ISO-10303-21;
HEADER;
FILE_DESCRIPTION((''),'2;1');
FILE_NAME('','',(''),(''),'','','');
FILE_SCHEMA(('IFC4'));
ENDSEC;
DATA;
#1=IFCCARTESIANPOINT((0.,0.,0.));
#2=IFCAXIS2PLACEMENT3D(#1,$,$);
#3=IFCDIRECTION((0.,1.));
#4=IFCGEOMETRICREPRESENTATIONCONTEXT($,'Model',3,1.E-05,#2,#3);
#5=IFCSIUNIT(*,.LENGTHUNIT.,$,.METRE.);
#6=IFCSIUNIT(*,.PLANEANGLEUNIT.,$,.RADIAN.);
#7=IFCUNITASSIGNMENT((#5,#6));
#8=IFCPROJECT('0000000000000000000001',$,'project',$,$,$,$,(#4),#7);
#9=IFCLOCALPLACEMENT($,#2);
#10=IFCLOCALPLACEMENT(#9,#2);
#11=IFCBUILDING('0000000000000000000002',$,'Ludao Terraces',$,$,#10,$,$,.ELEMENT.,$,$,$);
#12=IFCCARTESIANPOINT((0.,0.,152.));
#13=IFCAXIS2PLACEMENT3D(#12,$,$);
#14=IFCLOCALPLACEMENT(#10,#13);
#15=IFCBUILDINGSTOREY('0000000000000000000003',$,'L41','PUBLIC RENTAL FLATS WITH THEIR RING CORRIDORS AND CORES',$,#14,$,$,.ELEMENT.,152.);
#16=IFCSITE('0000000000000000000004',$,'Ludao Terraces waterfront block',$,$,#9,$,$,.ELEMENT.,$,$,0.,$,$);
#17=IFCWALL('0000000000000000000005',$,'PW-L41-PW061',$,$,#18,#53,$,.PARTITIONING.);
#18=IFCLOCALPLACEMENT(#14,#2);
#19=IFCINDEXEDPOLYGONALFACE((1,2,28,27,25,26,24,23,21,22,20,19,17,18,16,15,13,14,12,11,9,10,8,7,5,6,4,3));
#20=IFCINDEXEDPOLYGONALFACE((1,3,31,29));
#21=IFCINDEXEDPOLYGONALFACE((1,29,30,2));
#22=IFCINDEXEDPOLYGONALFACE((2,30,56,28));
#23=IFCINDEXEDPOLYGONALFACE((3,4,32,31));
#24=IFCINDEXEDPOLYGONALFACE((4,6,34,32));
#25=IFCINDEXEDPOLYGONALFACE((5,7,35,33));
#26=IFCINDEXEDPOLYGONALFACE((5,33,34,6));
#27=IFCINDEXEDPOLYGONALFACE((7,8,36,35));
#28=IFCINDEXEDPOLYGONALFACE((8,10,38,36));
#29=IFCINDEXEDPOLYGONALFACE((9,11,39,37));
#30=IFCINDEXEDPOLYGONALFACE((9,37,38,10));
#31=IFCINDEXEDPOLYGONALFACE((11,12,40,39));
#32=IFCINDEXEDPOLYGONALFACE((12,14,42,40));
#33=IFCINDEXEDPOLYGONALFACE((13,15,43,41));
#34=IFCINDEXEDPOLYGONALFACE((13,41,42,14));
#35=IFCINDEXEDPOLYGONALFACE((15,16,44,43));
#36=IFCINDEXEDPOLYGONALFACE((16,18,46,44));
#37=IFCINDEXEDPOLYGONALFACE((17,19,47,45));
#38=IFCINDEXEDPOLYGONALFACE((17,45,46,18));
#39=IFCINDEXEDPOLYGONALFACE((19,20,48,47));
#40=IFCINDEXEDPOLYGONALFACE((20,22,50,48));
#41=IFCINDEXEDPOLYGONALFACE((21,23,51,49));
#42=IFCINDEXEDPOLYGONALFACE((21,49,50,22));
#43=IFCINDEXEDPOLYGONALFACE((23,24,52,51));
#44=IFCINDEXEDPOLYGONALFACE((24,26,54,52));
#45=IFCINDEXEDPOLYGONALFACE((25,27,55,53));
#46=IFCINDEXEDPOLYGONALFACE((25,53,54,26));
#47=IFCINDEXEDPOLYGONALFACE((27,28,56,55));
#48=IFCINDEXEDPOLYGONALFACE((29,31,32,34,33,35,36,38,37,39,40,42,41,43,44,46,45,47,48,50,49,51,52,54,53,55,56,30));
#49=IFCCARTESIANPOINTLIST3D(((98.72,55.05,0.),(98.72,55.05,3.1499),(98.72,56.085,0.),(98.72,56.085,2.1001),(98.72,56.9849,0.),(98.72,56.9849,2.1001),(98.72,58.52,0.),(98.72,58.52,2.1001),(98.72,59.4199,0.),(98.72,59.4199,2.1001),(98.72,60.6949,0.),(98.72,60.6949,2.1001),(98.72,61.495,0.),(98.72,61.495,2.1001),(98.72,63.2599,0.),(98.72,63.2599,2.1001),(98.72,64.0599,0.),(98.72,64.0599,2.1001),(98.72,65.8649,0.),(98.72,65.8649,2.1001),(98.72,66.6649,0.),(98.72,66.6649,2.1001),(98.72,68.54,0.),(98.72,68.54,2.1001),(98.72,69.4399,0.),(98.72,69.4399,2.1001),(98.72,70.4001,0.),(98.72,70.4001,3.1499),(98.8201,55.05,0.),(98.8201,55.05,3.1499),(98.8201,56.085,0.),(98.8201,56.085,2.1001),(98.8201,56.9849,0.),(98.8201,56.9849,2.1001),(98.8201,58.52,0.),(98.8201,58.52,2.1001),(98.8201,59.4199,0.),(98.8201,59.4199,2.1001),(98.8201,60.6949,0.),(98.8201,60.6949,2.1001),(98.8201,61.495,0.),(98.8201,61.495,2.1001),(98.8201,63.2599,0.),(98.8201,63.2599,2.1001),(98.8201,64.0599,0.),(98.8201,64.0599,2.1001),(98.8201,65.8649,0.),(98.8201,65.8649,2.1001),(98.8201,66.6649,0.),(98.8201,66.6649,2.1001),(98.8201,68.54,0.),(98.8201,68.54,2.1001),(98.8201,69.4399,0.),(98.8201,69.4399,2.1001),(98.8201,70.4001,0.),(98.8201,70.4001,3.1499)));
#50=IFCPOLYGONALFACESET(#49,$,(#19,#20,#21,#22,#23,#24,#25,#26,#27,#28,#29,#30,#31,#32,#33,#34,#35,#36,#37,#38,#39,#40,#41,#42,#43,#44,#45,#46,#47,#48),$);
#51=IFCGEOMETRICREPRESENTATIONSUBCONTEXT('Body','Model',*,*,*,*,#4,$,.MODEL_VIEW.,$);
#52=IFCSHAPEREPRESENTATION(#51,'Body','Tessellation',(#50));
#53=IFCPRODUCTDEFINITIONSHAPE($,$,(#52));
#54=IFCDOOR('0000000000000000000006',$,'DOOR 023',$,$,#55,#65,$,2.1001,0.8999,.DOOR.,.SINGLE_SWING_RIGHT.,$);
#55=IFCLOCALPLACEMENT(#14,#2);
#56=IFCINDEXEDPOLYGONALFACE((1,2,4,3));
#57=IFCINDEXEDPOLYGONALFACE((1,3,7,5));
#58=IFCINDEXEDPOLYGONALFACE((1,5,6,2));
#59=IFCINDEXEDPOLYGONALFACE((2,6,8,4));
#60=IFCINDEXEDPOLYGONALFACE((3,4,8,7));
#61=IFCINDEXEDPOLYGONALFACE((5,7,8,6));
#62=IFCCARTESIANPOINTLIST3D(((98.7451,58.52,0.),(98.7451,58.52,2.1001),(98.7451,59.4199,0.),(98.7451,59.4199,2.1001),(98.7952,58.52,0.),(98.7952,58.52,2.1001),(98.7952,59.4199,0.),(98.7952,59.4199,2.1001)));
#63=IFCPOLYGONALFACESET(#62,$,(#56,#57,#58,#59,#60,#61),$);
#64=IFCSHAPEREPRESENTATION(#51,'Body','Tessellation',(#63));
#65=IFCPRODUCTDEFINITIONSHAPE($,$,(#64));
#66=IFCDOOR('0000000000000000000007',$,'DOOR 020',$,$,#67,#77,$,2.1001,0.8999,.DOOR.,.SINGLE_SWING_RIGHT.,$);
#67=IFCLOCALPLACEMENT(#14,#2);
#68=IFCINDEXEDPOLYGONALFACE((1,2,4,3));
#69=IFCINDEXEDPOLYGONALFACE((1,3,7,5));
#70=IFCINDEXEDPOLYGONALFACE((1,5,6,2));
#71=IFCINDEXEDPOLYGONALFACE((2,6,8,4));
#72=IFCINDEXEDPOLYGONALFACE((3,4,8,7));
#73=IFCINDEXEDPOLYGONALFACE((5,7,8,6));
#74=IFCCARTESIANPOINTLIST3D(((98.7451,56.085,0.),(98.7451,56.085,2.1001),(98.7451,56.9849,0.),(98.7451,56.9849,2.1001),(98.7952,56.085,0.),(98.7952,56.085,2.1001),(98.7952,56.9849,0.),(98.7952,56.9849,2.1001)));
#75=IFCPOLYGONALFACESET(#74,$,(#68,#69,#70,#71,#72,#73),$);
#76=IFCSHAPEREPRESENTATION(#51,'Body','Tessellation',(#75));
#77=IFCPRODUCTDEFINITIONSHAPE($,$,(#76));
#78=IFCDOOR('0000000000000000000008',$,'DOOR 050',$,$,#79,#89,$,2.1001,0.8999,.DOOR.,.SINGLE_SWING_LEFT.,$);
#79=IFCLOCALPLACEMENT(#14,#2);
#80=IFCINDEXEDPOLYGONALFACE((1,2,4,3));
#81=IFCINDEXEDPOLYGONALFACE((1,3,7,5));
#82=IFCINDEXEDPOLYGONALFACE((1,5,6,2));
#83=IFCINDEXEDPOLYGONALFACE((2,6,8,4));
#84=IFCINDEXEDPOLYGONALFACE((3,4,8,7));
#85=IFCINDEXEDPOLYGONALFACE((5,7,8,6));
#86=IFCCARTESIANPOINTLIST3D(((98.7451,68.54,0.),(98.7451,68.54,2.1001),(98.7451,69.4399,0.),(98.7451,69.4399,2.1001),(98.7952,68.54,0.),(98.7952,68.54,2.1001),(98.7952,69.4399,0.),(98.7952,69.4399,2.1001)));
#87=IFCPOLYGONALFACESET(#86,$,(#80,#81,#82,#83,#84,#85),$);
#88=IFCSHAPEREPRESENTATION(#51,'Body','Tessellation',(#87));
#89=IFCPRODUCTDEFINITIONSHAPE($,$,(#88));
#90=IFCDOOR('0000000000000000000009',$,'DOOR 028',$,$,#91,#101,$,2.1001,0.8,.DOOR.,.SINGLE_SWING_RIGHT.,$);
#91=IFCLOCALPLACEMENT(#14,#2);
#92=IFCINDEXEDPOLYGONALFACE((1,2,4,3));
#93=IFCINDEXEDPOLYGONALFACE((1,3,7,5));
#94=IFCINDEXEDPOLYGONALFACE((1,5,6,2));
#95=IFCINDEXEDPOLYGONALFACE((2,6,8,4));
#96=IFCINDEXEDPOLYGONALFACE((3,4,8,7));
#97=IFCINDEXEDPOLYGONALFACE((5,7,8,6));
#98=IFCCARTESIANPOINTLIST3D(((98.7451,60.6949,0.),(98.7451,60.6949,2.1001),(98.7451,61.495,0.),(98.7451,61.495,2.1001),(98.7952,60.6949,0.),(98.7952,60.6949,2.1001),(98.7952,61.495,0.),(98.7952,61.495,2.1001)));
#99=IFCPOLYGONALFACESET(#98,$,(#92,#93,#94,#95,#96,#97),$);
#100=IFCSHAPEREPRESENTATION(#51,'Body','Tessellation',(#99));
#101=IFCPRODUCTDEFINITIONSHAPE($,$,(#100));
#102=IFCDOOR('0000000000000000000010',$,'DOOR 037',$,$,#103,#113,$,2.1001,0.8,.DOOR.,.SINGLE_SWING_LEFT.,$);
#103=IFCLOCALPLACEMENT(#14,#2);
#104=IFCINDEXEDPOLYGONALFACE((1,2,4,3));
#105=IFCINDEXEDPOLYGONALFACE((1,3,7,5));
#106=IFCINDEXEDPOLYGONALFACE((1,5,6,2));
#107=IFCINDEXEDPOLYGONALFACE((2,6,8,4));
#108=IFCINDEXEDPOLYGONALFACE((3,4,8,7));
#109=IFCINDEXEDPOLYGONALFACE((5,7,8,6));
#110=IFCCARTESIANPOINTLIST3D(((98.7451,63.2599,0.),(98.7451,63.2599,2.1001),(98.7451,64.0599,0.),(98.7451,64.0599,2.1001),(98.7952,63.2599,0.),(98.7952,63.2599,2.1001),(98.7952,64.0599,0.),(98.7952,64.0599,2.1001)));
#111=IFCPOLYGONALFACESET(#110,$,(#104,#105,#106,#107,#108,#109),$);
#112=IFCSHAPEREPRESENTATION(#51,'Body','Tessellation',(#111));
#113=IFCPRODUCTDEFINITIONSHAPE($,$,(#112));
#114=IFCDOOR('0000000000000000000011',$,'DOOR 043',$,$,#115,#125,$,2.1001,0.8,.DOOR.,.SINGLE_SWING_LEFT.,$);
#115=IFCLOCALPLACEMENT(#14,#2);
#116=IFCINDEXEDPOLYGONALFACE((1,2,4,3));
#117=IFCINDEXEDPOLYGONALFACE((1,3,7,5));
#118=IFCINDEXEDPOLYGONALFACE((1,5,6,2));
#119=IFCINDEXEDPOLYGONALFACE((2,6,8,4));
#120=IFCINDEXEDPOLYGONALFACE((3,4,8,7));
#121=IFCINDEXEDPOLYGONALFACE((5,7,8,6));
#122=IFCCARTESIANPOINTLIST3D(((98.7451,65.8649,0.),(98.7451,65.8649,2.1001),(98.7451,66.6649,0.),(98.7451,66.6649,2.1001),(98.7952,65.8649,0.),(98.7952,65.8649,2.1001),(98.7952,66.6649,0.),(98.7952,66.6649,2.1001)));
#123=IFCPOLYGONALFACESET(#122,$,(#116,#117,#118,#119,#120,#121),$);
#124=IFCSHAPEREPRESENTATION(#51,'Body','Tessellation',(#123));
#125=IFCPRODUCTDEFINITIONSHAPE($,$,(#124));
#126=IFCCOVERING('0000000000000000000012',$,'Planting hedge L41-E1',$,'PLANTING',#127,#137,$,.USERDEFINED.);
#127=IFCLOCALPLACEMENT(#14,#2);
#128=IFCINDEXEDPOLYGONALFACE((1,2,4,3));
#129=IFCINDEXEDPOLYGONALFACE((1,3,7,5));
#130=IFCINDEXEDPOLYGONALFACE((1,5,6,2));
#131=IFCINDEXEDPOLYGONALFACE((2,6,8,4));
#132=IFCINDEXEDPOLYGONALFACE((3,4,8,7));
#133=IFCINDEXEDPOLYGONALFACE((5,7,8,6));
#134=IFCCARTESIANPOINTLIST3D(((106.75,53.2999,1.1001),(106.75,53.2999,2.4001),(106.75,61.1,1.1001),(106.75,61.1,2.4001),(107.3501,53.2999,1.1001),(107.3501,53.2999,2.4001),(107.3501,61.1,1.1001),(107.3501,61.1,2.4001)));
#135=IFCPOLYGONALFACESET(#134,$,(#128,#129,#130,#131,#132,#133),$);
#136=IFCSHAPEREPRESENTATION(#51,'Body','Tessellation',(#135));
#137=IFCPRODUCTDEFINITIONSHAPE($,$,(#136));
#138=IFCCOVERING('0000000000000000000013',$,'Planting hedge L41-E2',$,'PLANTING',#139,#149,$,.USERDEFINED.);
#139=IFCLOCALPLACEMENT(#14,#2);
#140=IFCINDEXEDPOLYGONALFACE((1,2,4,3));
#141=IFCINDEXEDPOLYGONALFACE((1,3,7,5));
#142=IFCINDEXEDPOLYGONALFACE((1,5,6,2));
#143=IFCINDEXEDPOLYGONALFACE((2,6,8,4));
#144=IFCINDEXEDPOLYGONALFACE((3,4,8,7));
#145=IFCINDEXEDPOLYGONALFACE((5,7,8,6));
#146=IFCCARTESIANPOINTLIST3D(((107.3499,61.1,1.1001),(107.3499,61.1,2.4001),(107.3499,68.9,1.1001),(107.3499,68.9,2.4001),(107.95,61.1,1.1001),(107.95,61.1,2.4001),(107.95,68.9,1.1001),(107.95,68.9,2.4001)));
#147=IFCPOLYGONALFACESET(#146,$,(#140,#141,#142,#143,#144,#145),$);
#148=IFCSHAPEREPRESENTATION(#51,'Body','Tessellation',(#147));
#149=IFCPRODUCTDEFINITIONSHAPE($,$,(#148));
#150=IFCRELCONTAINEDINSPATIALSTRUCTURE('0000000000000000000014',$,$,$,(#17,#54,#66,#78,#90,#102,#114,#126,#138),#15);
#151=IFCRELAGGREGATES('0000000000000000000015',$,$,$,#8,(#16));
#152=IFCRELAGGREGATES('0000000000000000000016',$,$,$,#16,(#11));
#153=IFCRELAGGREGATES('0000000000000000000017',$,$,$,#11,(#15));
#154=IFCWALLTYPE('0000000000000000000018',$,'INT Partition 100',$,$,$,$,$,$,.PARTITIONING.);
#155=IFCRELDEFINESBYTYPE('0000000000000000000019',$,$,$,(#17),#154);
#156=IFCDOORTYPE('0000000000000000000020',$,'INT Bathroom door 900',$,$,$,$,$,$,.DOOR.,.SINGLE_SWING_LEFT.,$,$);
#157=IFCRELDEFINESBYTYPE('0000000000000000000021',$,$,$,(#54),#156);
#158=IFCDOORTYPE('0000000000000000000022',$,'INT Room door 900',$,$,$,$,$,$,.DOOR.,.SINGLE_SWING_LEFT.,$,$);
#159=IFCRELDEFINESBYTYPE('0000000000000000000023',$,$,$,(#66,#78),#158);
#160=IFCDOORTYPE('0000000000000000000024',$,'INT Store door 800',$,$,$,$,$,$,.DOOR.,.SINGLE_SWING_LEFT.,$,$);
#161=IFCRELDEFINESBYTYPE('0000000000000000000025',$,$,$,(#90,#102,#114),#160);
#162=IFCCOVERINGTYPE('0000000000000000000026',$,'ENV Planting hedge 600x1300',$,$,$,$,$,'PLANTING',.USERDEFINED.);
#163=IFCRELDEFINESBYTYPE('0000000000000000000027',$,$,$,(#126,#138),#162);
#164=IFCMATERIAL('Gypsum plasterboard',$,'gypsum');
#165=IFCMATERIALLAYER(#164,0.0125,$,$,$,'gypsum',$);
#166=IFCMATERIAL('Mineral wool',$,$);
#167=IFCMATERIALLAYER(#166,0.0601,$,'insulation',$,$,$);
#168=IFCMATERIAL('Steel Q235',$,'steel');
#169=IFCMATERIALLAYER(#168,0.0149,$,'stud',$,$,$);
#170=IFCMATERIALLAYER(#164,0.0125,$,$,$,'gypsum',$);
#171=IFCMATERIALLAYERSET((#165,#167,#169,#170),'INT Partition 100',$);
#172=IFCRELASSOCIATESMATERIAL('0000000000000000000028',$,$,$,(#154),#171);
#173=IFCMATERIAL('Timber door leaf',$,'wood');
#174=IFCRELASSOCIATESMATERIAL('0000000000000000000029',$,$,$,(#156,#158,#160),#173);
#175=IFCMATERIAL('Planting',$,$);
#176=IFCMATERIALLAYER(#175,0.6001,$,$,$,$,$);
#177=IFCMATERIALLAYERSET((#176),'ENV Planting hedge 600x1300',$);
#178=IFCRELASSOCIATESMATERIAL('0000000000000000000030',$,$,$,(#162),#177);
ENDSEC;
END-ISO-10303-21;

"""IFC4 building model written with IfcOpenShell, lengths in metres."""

from ifc_helpers import new_model, si_unit, direction, frame, frame_2d, origin, origin_2d, place, context, subcontext, project, spatial, rectangle, extrude, material, layer, layer_set, type_object, element, fill, save


model = new_model("IFC4")

# Units and contexts
model_context = context("Model", 3, precision=1e-05, world=origin(), true_north=direction((0.0, 1.0)))
body_context = subcontext(model_context, "Body", "Model", "MODEL_VIEW")
ifc_project = project(units=[si_unit("LENGTHUNIT", "METRE"), si_unit("PLANEANGLEUNIT", "RADIAN")], contexts=[model_context])

# Site, building, storey
site_placement = place(None, origin())
site = spatial("IfcSite", under=ifc_project, at=site_placement, Name="Ludao Terraces waterfront block", CompositionType="ELEMENT", RefElevation=0.0)
building_placement = place(site_placement, origin())
building = spatial("IfcBuilding", under=site, at=building_placement, Name="Ludao Terraces", CompositionType="ELEMENT")
storey_placement = place(building_placement, frame((0.0, 0.0, 152.0)))
storey = spatial("IfcBuildingStorey", under=building, at=storey_placement, Name="L41", Description="PUBLIC RENTAL FLATS WITH THEIR RING CORRIDORS AND CORES", CompositionType="ELEMENT", Elevation=152.0)

# Shared definitions
ifc_material_1 = material(Name="Mineral wool")

# Shared definitions
ifc_material_2 = material(Name="Gypsum plasterboard", Category="gypsum")
ifc_layer_1 = layer(ifc_material_2, 0.0125, Category="gypsum")
ifc_layer_2 = layer(ifc_material_1, 0.0601, Name="insulation")
ifc_material_3 = material(Name="Steel Q235", Category="steel")
ifc_layer_3 = layer(ifc_material_3, 0.0149, Name="stud")
ifc_layer_4 = layer(ifc_material_2, 0.0125, Category="gypsum")
ifc_layer_set_1 = layer_set([ifc_layer_1, ifc_layer_2, ifc_layer_3, ifc_layer_4], Name="INT Partition 100")
wall_type_1 = type_object("IfcWallType", Name="INT Partition 100", PredefinedType="PARTITIONING", material=ifc_layer_set_1)

# Wall, openings, doors
wall_1_placement = place(storey_placement, frame((98.77, 55.05, 0.0), z_axis=(0.0, 0.0, 1.0), x_axis=(0.0, 1.0, 0.0)))
wall_1 = element("IfcWall", 1, at=wall_1_placement, inside=storey, type_object=wall_type_1, Name="PW-L41-PW061", PredefinedType="PARTITIONING", context=body_context, shape_type="SweptSolid", body=[
    extrude(rectangle(XDim=15.3501, YDim=0.1001, at=frame_2d((7.675, 0.0))), origin(), (0.0, 0.0, 1.0), 3.1499),
])
opening_1_placement = place(wall_1_placement, frame((1.0349, 0.0, 0.0)))
opening_1 = element("IfcOpeningElement", 2, at=opening_1_placement, cuts=wall_1, PredefinedType="OPENING", context=body_context, shape_type="SweptSolid", body=[
    extrude(rectangle(XDim=0.8999, YDim=2.1001, at=frame_2d((0.45, 1.05))), frame((0.0, 0.0601, 0.0), z_axis=(0.0, -1.0, 0.0), x_axis=(1.0, 0.0, 0.0)), (0.0, 0.0, 1.0), 0.1201),
])
opening_2_placement = place(wall_1_placement, frame((3.47, 0.0, 0.0)))
opening_2 = element("IfcOpeningElement", 3, at=opening_2_placement, cuts=wall_1, PredefinedType="OPENING", context=body_context, shape_type="SweptSolid", body=[
    extrude(rectangle(XDim=0.8999, YDim=2.1001, at=frame_2d((0.45, 1.05))), frame((0.0, 0.0601, 0.0), z_axis=(0.0, -1.0, 0.0), x_axis=(1.0, 0.0, 0.0)), (0.0, 0.0, 1.0), 0.1201),
])
opening_3_placement = place(wall_1_placement, frame((5.645, 0.0, 0.0)))
opening_3 = element("IfcOpeningElement", 4, at=opening_3_placement, cuts=wall_1, PredefinedType="OPENING", context=body_context, shape_type="SweptSolid", body=[
    extrude(rectangle(XDim=0.8, YDim=2.1001, at=frame_2d((0.3999, 1.05))), frame((0.0, 0.0601, 0.0), z_axis=(0.0, -1.0, 0.0), x_axis=(1.0, 0.0, 0.0)), (0.0, 0.0, 1.0), 0.1201),
])
opening_4_placement = place(wall_1_placement, frame((8.21, 0.0, 0.0)))
opening_4 = element("IfcOpeningElement", 5, at=opening_4_placement, cuts=wall_1, PredefinedType="OPENING", context=body_context, shape_type="SweptSolid", body=[
    extrude(rectangle(XDim=0.8, YDim=2.1001, at=frame_2d((0.3999, 1.05))), frame((0.0, 0.0601, 0.0), z_axis=(0.0, -1.0, 0.0), x_axis=(1.0, 0.0, 0.0)), (0.0, 0.0, 1.0), 0.1201),
])
opening_5_placement = place(wall_1_placement, frame((10.8149, 0.0, 0.0)))
opening_5 = element("IfcOpeningElement", 6, at=opening_5_placement, cuts=wall_1, PredefinedType="OPENING", context=body_context, shape_type="SweptSolid", body=[
    extrude(rectangle(XDim=0.8, YDim=2.1001, at=frame_2d((0.3999, 1.05))), frame((0.0, 0.0601, 0.0), z_axis=(0.0, -1.0, 0.0), x_axis=(1.0, 0.0, 0.0)), (0.0, 0.0, 1.0), 0.1201),
])
opening_6_placement = place(wall_1_placement, frame((13.49, 0.0, 0.0)))
opening_6 = element("IfcOpeningElement", 7, at=opening_6_placement, cuts=wall_1, PredefinedType="OPENING", context=body_context, shape_type="SweptSolid", body=[
    extrude(rectangle(XDim=0.8999, YDim=2.1001, at=frame_2d((0.45, 1.05))), frame((0.0, 0.0601, 0.0), z_axis=(0.0, -1.0, 0.0), x_axis=(1.0, 0.0, 0.0)), (0.0, 0.0, 1.0), 0.1201),
])
ifc_material_4 = material(Name="Timber door leaf", Category="wood")
door_type_1 = type_object("IfcDoorType", Name="INT Bathroom door 900", OperationType="SINGLE_SWING_LEFT", PredefinedType="DOOR", material=ifc_material_4)
door_1_placement = place(opening_2_placement, origin())
door_1 = element("IfcDoor", 8, at=door_1_placement, inside=storey, type_object=door_type_1, Name="DOOR 023", OperationType="SINGLE_SWING_RIGHT", OverallHeight=2.1001, OverallWidth=0.8999, PredefinedType="DOOR", context=body_context, shape_type="SweptSolid", body=[
    extrude(rectangle(XDim=0.8999, YDim=2.1001, at=frame_2d((0.45, 1.05))), frame((0.0, 0.0249, 0.0), z_axis=(0.0, -1.0, 0.0), x_axis=(1.0, 0.0, 0.0)), (0.0, 0.0, 1.0), 0.05),
])
fill(opening_2, door_1)
door_type_2 = type_object("IfcDoorType", Name="INT Room door 900", OperationType="SINGLE_SWING_LEFT", PredefinedType="DOOR", material=ifc_material_4)
door_2_placement = place(opening_1_placement, origin())
door_2 = element("IfcDoor", 9, at=door_2_placement, inside=storey, type_object=door_type_2, Name="DOOR 020", OperationType="SINGLE_SWING_RIGHT", OverallHeight=2.1001, OverallWidth=0.8999, PredefinedType="DOOR", context=body_context, shape_type="SweptSolid", body=[
    extrude(rectangle(XDim=0.8999, YDim=2.1001, at=frame_2d((0.45, 1.05))), frame((0.0, 0.0249, 0.0), z_axis=(0.0, -1.0, 0.0), x_axis=(1.0, 0.0, 0.0)), (0.0, 0.0, 1.0), 0.05),
])
fill(opening_1, door_2)
door_3_placement = place(opening_6_placement, origin())
door_3 = element("IfcDoor", 10, at=door_3_placement, inside=storey, type_object=door_type_2, Name="DOOR 050", OperationType="SINGLE_SWING_LEFT", OverallHeight=2.1001, OverallWidth=0.8999, PredefinedType="DOOR", context=body_context, shape_type="SweptSolid", body=[
    extrude(rectangle(XDim=0.8999, YDim=2.1001, at=frame_2d((0.45, 1.05))), frame((0.0, 0.0249, 0.0), z_axis=(0.0, -1.0, 0.0), x_axis=(1.0, 0.0, 0.0)), (0.0, 0.0, 1.0), 0.05),
])
fill(opening_6, door_3)
door_type_3 = type_object("IfcDoorType", Name="INT Store door 800", OperationType="SINGLE_SWING_LEFT", PredefinedType="DOOR", material=ifc_material_4)
door_4_placement = place(opening_3_placement, origin())
door_4 = element("IfcDoor", 11, at=door_4_placement, inside=storey, type_object=door_type_3, Name="DOOR 028", OperationType="SINGLE_SWING_RIGHT", OverallHeight=2.1001, OverallWidth=0.8, PredefinedType="DOOR", context=body_context, shape_type="SweptSolid", body=[
    extrude(rectangle(XDim=0.8, YDim=2.1001, at=frame_2d((0.3999, 1.05))), frame((0.0, 0.0249, 0.0), z_axis=(0.0, -1.0, 0.0), x_axis=(1.0, 0.0, 0.0)), (0.0, 0.0, 1.0), 0.05),
])
fill(opening_3, door_4)
door_5_placement = place(opening_4_placement, origin())
door_5 = element("IfcDoor", 12, at=door_5_placement, inside=storey, type_object=door_type_3, Name="DOOR 037", OperationType="SINGLE_SWING_LEFT", OverallHeight=2.1001, OverallWidth=0.8, PredefinedType="DOOR", context=body_context, shape_type="SweptSolid", body=[
    extrude(rectangle(XDim=0.8, YDim=2.1001, at=frame_2d((0.3999, 1.05))), frame((0.0, 0.0249, 0.0), z_axis=(0.0, -1.0, 0.0), x_axis=(1.0, 0.0, 0.0)), (0.0, 0.0, 1.0), 0.05),
])
fill(opening_4, door_5)
door_6_placement = place(opening_5_placement, origin())
door_6 = element("IfcDoor", 13, at=door_6_placement, inside=storey, type_object=door_type_3, Name="DOOR 043", OperationType="SINGLE_SWING_LEFT", OverallHeight=2.1001, OverallWidth=0.8, PredefinedType="DOOR", context=body_context, shape_type="SweptSolid", body=[
    extrude(rectangle(XDim=0.8, YDim=2.1001, at=frame_2d((0.3999, 1.05))), frame((0.0, 0.0249, 0.0), z_axis=(0.0, -1.0, 0.0), x_axis=(1.0, 0.0, 0.0)), (0.0, 0.0, 1.0), 0.05),
])
fill(opening_5, door_6)

# Coverings
ifc_material_5 = material(Name="Planting")
ifc_layer_5 = layer(ifc_material_5, 0.6001)
ifc_layer_set_2 = layer_set([ifc_layer_5], Name="ENV Planting hedge 600x1300")
covering_type = type_object("IfcCoveringType", Name="ENV Planting hedge 600x1300", ElementType="PLANTING", PredefinedType="USERDEFINED", material=ifc_layer_set_2)
for number, where, z_axis, x_axis, name in (
    (14, (107.05, 57.2, 1.1001), (0.0, 0.0, 1.0), (1.0, 0.0, 0.0), "Planting hedge L41-E1"),
    (15, (107.6499, 65.0, 1.1001), (0.0, 0.0, 1.0), (1.0, 0.0, 0.0), "Planting hedge L41-E2"),
):
    element("IfcCovering", number, at=place(storey_placement, frame(where, z_axis=z_axis, x_axis=x_axis)), inside=storey, type_object=covering_type, Name=name, ObjectType="PLANTING", PredefinedType="USERDEFINED", context=body_context, shape_type="SweptSolid", body=[
        extrude(rectangle(XDim=0.6001, YDim=7.8, at=origin_2d()), origin(), (0.0, 0.0, 1.0), 1.3),
    ])

save(model, "model.ifc")
